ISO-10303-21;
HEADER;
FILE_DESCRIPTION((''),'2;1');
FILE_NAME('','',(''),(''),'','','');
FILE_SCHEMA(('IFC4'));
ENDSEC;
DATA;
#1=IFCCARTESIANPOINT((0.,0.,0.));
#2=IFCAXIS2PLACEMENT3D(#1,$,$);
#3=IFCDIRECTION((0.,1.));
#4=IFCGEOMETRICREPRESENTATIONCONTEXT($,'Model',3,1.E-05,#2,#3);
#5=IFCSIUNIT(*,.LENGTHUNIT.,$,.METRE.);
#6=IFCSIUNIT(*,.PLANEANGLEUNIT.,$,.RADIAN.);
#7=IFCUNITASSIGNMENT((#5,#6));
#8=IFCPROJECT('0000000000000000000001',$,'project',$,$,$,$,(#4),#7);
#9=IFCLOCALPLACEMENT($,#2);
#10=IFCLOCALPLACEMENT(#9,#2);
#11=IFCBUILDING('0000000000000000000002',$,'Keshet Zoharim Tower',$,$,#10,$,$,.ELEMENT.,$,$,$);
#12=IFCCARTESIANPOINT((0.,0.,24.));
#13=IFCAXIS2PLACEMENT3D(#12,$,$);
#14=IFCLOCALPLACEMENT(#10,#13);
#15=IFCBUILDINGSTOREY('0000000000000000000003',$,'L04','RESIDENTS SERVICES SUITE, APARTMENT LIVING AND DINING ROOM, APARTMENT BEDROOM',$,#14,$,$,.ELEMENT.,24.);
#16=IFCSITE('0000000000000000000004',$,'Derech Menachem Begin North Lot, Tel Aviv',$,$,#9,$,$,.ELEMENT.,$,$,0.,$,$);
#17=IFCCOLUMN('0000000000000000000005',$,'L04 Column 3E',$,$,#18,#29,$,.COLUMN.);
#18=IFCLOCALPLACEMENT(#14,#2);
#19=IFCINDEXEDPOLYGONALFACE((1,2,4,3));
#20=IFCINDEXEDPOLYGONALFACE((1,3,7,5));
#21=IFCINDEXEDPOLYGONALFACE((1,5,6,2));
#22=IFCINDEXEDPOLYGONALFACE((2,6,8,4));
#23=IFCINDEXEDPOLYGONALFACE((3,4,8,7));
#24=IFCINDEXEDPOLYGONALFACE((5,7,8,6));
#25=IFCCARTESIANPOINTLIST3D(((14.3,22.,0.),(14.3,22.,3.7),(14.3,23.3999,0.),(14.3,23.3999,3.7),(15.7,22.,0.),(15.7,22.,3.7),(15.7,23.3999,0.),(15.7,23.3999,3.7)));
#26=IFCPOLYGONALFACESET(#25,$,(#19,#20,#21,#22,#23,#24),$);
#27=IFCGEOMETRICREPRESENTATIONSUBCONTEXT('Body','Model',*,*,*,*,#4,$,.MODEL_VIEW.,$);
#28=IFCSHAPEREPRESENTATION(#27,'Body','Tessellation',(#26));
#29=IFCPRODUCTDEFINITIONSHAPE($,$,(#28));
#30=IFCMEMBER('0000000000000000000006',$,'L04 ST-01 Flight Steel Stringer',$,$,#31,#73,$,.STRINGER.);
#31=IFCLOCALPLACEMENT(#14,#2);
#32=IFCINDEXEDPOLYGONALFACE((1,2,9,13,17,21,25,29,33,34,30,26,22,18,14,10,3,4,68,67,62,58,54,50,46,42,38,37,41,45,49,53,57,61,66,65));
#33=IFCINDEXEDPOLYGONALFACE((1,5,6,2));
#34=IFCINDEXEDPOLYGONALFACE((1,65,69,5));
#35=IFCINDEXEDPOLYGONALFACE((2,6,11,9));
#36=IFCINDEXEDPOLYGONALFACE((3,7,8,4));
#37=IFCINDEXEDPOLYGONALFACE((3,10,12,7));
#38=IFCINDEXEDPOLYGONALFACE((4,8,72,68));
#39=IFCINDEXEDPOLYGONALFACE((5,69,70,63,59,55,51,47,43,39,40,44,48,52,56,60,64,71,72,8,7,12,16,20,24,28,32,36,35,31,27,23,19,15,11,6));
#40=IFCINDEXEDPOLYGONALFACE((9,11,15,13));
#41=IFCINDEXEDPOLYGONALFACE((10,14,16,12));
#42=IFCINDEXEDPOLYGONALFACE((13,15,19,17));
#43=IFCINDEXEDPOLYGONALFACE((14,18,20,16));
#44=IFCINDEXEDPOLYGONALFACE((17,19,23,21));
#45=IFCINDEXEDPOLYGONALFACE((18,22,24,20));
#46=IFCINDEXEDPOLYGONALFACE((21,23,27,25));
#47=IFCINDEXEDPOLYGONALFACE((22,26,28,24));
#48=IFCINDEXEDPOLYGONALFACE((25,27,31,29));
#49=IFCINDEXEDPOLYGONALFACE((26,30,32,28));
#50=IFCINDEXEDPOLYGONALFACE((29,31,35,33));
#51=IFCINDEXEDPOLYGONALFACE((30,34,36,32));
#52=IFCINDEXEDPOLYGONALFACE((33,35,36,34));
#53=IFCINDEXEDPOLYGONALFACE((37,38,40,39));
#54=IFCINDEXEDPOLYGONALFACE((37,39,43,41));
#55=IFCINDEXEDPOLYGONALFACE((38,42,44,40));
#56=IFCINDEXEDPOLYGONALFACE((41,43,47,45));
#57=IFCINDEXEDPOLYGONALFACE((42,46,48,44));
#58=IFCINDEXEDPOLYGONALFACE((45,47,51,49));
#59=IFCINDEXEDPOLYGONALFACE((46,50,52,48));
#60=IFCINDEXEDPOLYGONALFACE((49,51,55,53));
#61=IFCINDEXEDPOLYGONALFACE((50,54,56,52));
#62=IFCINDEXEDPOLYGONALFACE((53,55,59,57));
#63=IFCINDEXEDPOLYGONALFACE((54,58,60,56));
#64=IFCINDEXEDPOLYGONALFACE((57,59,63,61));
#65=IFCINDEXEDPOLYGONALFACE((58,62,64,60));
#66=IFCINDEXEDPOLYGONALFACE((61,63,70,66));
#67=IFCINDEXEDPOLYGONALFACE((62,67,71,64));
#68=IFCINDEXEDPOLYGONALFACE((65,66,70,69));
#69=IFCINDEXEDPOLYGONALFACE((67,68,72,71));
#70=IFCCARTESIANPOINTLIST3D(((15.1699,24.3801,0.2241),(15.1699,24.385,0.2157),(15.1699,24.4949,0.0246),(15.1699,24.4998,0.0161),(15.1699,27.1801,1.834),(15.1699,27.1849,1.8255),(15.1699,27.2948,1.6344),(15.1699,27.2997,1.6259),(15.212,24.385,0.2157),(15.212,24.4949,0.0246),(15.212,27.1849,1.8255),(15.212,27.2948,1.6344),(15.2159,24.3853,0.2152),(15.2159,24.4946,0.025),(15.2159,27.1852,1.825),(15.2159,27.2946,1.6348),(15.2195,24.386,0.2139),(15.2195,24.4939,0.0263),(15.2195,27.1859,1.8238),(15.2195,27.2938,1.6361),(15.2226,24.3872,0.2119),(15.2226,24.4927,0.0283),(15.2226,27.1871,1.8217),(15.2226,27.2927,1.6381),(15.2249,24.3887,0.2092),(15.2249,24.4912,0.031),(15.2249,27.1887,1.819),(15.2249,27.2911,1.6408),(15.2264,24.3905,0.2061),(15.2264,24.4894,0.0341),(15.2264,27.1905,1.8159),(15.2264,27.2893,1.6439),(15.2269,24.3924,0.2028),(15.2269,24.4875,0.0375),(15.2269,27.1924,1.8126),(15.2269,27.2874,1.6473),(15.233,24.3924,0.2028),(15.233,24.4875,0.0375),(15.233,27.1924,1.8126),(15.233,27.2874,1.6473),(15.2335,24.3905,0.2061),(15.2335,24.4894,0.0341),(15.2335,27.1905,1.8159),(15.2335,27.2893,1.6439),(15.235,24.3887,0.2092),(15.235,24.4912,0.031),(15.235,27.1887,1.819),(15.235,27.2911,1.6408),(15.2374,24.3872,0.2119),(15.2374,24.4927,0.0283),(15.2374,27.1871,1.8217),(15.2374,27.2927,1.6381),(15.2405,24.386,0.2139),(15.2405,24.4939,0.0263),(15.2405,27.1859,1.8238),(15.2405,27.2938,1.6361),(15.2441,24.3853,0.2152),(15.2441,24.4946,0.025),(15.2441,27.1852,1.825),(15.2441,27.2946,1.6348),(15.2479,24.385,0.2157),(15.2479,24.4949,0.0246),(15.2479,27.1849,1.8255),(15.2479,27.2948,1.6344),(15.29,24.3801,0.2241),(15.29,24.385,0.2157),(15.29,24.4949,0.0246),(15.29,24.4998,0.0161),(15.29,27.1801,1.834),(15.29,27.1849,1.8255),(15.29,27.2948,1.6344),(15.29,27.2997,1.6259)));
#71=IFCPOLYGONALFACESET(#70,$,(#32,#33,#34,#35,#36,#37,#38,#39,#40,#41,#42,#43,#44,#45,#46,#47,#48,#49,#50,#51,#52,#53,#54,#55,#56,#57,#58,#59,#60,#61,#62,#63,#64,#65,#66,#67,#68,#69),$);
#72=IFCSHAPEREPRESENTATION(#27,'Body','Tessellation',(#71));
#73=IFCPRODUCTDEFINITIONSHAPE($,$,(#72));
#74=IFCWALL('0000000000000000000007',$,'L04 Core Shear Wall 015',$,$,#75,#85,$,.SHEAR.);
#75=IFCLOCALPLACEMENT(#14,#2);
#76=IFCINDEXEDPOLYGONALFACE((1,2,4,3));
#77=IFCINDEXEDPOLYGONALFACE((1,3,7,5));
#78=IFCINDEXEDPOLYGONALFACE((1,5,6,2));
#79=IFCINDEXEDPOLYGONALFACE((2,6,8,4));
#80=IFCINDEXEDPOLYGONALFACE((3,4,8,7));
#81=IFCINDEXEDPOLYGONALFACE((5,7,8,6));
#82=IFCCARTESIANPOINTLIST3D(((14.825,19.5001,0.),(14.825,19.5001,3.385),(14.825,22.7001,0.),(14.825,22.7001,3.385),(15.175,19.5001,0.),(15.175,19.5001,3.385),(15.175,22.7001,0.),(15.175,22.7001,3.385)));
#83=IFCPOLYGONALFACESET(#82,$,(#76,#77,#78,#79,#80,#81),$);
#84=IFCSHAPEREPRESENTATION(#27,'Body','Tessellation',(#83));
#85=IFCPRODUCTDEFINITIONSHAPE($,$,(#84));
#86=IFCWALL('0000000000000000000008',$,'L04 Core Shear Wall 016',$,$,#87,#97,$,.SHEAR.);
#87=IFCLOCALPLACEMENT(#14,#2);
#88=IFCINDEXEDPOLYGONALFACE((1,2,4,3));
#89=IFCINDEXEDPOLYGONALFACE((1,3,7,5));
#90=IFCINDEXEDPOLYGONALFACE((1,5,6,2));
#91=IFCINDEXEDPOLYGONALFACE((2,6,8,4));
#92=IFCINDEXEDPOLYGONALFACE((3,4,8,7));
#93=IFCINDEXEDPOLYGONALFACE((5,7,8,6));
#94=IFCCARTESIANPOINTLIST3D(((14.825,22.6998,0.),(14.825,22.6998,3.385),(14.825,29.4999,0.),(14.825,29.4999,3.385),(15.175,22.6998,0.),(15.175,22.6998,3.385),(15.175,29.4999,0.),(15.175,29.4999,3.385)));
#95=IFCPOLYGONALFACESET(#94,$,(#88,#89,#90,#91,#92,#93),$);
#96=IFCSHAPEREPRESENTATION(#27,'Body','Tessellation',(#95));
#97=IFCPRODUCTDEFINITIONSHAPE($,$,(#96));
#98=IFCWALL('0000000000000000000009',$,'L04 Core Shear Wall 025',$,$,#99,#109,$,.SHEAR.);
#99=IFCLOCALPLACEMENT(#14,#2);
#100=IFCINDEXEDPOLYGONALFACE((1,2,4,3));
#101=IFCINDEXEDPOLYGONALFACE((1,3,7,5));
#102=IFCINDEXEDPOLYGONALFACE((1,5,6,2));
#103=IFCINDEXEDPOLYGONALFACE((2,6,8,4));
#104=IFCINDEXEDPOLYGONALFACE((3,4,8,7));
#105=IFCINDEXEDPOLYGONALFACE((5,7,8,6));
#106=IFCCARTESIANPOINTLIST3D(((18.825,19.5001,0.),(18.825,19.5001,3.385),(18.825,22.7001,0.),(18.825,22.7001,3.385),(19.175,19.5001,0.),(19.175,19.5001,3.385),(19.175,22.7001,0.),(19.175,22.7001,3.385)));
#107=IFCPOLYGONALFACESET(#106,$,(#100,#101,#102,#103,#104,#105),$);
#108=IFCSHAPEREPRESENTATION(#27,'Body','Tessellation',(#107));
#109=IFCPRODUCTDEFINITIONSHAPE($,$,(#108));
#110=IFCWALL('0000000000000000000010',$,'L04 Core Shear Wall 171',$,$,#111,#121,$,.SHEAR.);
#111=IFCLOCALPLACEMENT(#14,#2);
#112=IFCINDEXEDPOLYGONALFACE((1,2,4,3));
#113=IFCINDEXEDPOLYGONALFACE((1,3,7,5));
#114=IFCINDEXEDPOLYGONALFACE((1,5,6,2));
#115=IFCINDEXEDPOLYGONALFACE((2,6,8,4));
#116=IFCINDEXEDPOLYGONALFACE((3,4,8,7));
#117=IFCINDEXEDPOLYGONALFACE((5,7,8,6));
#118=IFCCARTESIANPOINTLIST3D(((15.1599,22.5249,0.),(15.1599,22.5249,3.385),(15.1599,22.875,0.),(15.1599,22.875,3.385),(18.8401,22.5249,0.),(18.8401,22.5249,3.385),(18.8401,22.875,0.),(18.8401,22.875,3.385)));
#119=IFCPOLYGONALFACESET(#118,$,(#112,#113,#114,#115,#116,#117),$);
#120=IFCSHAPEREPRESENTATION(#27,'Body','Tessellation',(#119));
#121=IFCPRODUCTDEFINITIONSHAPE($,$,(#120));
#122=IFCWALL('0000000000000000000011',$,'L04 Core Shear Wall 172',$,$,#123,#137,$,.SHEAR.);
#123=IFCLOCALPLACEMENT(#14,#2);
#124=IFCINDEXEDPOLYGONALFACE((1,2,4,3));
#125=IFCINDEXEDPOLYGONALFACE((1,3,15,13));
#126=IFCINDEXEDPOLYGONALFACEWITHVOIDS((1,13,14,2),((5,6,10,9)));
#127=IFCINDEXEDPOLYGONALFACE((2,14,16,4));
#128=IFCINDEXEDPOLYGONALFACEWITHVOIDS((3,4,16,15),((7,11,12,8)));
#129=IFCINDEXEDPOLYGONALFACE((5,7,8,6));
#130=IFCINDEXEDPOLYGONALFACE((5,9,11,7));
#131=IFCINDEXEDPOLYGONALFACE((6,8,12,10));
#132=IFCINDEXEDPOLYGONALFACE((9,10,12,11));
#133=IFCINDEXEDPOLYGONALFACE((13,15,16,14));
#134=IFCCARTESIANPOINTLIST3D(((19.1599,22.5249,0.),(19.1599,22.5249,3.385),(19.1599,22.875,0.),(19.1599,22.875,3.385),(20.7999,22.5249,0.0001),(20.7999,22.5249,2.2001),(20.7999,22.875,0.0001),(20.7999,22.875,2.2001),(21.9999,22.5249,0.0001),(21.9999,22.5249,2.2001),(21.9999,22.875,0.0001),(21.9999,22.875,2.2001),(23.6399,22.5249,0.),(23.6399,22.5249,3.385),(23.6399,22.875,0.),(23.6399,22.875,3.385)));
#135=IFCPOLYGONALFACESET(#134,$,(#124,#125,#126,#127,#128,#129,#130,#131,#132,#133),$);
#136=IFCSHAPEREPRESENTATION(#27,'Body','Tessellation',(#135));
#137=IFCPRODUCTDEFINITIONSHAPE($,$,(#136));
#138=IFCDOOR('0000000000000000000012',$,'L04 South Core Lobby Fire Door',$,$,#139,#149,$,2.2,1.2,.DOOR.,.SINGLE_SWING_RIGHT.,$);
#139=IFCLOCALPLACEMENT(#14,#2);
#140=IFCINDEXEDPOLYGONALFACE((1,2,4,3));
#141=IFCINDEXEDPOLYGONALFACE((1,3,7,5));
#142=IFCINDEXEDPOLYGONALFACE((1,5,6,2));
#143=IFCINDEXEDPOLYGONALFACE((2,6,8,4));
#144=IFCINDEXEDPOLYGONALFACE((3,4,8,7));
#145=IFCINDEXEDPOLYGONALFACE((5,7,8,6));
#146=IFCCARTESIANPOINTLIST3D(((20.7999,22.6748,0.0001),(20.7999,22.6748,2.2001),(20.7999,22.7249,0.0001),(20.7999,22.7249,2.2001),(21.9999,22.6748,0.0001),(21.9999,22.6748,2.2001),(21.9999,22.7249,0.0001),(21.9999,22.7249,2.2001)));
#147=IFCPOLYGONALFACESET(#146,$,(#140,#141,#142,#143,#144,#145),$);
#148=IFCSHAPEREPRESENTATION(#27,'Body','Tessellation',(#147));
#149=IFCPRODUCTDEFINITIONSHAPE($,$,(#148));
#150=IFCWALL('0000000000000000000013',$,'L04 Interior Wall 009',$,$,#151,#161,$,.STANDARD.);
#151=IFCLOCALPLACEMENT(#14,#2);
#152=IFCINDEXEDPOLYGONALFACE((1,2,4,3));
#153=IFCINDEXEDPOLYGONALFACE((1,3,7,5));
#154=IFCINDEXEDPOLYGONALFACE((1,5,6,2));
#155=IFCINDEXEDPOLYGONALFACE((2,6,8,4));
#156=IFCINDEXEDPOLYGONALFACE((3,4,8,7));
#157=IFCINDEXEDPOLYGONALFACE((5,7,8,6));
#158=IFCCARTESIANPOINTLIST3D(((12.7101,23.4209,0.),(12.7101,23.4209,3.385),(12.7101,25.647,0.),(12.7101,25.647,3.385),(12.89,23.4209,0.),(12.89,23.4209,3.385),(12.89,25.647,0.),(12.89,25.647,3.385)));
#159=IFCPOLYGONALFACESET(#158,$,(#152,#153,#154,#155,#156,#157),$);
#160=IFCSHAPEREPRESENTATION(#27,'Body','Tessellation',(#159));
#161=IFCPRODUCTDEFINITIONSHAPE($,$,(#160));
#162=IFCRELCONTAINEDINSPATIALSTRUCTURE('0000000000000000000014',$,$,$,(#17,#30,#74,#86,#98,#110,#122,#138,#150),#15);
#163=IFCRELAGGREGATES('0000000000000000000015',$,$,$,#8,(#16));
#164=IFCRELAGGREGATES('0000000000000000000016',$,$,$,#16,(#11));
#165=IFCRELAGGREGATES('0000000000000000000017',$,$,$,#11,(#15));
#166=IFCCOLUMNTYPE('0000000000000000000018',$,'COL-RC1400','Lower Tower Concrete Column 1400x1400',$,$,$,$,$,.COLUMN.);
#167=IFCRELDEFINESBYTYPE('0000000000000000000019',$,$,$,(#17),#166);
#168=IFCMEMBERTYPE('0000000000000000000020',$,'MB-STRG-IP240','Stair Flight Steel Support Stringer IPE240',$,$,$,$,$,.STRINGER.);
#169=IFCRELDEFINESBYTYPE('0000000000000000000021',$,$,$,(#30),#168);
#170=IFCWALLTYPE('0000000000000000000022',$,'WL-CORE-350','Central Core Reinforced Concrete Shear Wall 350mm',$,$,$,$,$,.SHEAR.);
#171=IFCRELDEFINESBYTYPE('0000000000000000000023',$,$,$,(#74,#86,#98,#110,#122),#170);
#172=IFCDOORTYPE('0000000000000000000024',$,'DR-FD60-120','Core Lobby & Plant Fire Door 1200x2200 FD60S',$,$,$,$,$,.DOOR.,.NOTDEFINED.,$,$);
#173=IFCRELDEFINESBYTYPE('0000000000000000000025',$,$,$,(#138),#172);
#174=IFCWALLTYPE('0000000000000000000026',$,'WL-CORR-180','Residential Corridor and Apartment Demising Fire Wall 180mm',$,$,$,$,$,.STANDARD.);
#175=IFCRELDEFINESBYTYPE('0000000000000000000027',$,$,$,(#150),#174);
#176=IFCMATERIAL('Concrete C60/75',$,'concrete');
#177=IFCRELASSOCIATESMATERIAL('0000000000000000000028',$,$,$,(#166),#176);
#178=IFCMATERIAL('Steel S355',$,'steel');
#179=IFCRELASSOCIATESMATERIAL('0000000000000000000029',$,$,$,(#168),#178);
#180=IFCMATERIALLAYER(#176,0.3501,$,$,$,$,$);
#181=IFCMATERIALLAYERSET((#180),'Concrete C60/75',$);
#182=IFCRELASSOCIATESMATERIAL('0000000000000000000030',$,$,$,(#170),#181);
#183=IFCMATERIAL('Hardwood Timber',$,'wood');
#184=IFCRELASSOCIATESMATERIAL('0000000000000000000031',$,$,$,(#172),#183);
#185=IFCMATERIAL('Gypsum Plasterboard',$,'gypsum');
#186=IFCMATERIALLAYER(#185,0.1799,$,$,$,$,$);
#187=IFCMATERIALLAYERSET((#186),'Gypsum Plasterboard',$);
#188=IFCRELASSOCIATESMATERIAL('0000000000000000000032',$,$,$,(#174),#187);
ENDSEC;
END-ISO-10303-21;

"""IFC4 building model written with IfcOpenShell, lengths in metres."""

from ifc_helpers import new_model, si_unit, direction, frame, frame_2d, origin, origin_2d, place, context, subcontext, project, spatial, rectangle, i_section, extrude, material, layer, layer_set, material_profile, profile_set, type_object, element, fill, save


model = new_model("IFC4")

# Units and contexts
model_context = context("Model", 3, precision=1e-05, world=origin(), true_north=direction((0.0, 1.0)))
body_context = subcontext(model_context, "Body", "Model", "MODEL_VIEW")
ifc_project = project(units=[si_unit("LENGTHUNIT", "METRE"), si_unit("PLANEANGLEUNIT", "RADIAN")], contexts=[model_context])

# Site, building, storey
site_placement = place(None, origin())
site = spatial("IfcSite", under=ifc_project, at=site_placement, Name="Derech Menachem Begin North Lot, Tel Aviv", CompositionType="ELEMENT", RefElevation=0.0)
building_placement = place(site_placement, origin())
building = spatial("IfcBuilding", under=site, at=building_placement, Name="Keshet Zoharim Tower", CompositionType="ELEMENT")
storey_placement = place(building_placement, frame((0.0, 0.0, 24.0)))
storey = spatial("IfcBuildingStorey", under=building, at=storey_placement, Name="L04", Description="RESIDENTS SERVICES SUITE, APARTMENT LIVING AND DINING ROOM, APARTMENT BEDROOM", CompositionType="ELEMENT", Elevation=24.0)

# Column
ifc_material_1 = material(Name="Concrete C60/75", Category="concrete")
ifc_material_profile_1 = material_profile(ifc_material_1, rectangle(XDim=1.3999, YDim=1.3999, at=origin_2d()), Name="RC1400x1400")
ifc_profile_set_1 = profile_set([ifc_material_profile_1], Name="Concrete C60/75")
column_type = type_object("IfcColumnType", Name="COL-RC1400", Description="Lower Tower Concrete Column 1400x1400", PredefinedType="COLUMN", material=ifc_profile_set_1)
column_placement = place(storey_placement, frame((15.0, 22.7, 0.0), z_axis=(0.0, 0.0, 1.0), x_axis=(1.0, 0.0, 0.0)))
element("IfcColumn", 1, at=column_placement, inside=storey, type_object=column_type, Name="L04 Column 3E", PredefinedType="COLUMN", context=body_context, shape_type="SweptSolid", body=[
    extrude(rectangle(XDim=1.3999, YDim=1.3999, at=origin_2d()), origin(), (0.0, 0.0, 1.0), 3.7),
])

# Member
ifc_material_2 = material(Name="Steel S355", Category="steel")
ifc_material_profile_2 = material_profile(ifc_material_2, i_section(OverallWidth=0.1201, OverallDepth=0.24, WebThickness=0.0061, FlangeThickness=0.0098, FilletRadius=0.0149, at=origin_2d()), Name="IPE240")
ifc_profile_set_2 = profile_set([ifc_material_profile_2], Name="Steel S355")
member_type = type_object("IfcMemberType", Name="MB-STRG-IP240", Description="Stair Flight Steel Support Stringer IPE240", PredefinedType="STRINGER", material=ifc_profile_set_2)
member_placement = place(storey_placement, frame((15.23, 24.4399, 0.1201), z_axis=(0.0, 0.866928, 0.498433), x_axis=(-1.0, 0.0, 0.0)))
element("IfcMember", 2, at=member_placement, inside=storey, type_object=member_type, Name="L04 ST-01 Flight Steel Stringer", PredefinedType="STRINGER", context=body_context, shape_type="SweptSolid", body=[
    extrude(i_section(OverallWidth=0.1201, OverallDepth=0.24, WebThickness=0.0061, FlangeThickness=0.0098, FilletRadius=0.0149, at=origin_2d()), origin(), (0.0, 0.0, 1.0), 3.2297),
])

# Walls
ifc_layer_1 = layer(ifc_material_1, 0.3501)
ifc_layer_set_1 = layer_set([ifc_layer_1], Name="Concrete C60/75")
wall_type_1 = type_object("IfcWallType", Name="WL-CORE-350", Description="Central Core Reinforced Concrete Shear Wall 350mm", PredefinedType="SHEAR", material=ifc_layer_set_1)
wall_1_placement = place(storey_placement, frame((15.0, 19.5, 0.0), z_axis=(0.0, 0.0, 1.0), x_axis=(0.0, 1.0, 0.0)))
element("IfcWall", 3, at=wall_1_placement, inside=storey, type_object=wall_type_1, Name="L04 Core Shear Wall 015", PredefinedType="SHEAR", context=body_context, shape_type="SweptSolid", body=[
    extrude(rectangle(XDim=3.2, YDim=0.3501, at=frame_2d((1.6001, 0.0))), origin(), (0.0, 0.0, 1.0), 3.385),
])
wall_2_placement = place(storey_placement, frame((15.0, 22.7, 0.0), z_axis=(0.0, 0.0, 1.0), x_axis=(0.0, 1.0, 0.0)))
element("IfcWall", 4, at=wall_2_placement, inside=storey, type_object=wall_type_1, Name="L04 Core Shear Wall 016", PredefinedType="SHEAR", context=body_context, shape_type="SweptSolid", body=[
    extrude(rectangle(XDim=6.8, YDim=0.3501, at=frame_2d((3.3999, 0.0))), origin(), (0.0, 0.0, 1.0), 3.385),
])
wall_3_placement = place(storey_placement, frame((19.0, 19.5, 0.0), z_axis=(0.0, 0.0, 1.0), x_axis=(0.0, 1.0, 0.0)))
element("IfcWall", 5, at=wall_3_placement, inside=storey, type_object=wall_type_1, Name="L04 Core Shear Wall 025", PredefinedType="SHEAR", context=body_context, shape_type="SweptSolid", body=[
    extrude(rectangle(XDim=3.2, YDim=0.3501, at=frame_2d((1.6001, 0.0))), origin(), (0.0, 0.0, 1.0), 3.385),
])

# Shared definitions
ifc_material_3 = material(Name="Hardwood Timber", Category="wood")

# Wall
wall_4_placement = place(storey_placement, frame((15.1599, 22.7, 0.0), z_axis=(0.0, 0.0, 1.0), x_axis=(1.0, 0.0, 0.0)))
element("IfcWall", 6, at=wall_4_placement, inside=storey, type_object=wall_type_1, Name="L04 Core Shear Wall 171", PredefinedType="SHEAR", context=body_context, shape_type="SweptSolid", body=[
    extrude(rectangle(XDim=3.6802, YDim=0.3501, at=frame_2d((1.8401, 0.0))), origin(), (0.0, 0.0, 1.0), 3.385),
])

# Wall, opening, door
wall_5_placement = place(storey_placement, frame((19.1599, 22.7, 0.0), z_axis=(0.0, 0.0, 1.0), x_axis=(1.0, 0.0, 0.0)))
wall_5 = element("IfcWall", 7, at=wall_5_placement, inside=storey, type_object=wall_type_1, Name="L04 Core Shear Wall 172", PredefinedType="SHEAR", context=body_context, shape_type="SweptSolid", body=[
    extrude(rectangle(XDim=4.48, YDim=0.3501, at=frame_2d((2.24, 0.0))), origin(), (0.0, 0.0, 1.0), 3.385),
])
opening_1_placement = place(wall_5_placement, frame((1.6399, 0.0, 0.0)))
opening_1 = element("IfcOpeningElement", 8, at=opening_1_placement, cuts=wall_5, PredefinedType="OPENING", context=body_context, shape_type="SweptSolid", body=[
    extrude(rectangle(XDim=1.2, YDim=2.2, at=frame_2d((0.6001, 1.1001))), frame((0.0, 0.1851, 0.0), z_axis=(0.0, -1.0, 0.0), x_axis=(1.0, 0.0, 0.0)), (0.0, 0.0, 1.0), 0.3701),
])
door_type_1 = type_object("IfcDoorType", Name="DR-FD60-120", Description="Core Lobby & Plant Fire Door 1200x2200 FD60S", OperationType="NOTDEFINED", PredefinedType="DOOR", material=ifc_material_3)
door_1_placement = place(opening_1_placement, origin())
door_1 = element("IfcDoor", 9, at=door_1_placement, inside=storey, type_object=door_type_1, Name="L04 South Core Lobby Fire Door", OperationType="SINGLE_SWING_RIGHT", OverallHeight=2.2, OverallWidth=1.2, PredefinedType="DOOR", context=body_context, shape_type="SweptSolid", body=[
    extrude(rectangle(XDim=1.2, YDim=2.2, at=frame_2d((0.6001, 1.1001))), frame((0.0, 0.0249, 0.0), z_axis=(0.0, -1.0, 0.0), x_axis=(1.0, 0.0, 0.0)), (0.0, 0.0, 1.0), 0.05),
])
fill(opening_1, door_1)

# Wall
ifc_material_4 = material(Name="Gypsum Plasterboard", Category="gypsum")
ifc_layer_2 = layer(ifc_material_4, 0.1799)
ifc_layer_set_2 = layer_set([ifc_layer_2], Name="Gypsum Plasterboard")
wall_type_2 = type_object("IfcWallType", Name="WL-CORR-180", Description="Residential Corridor and Apartment Demising Fire Wall 180mm", PredefinedType="STANDARD", material=ifc_layer_set_2)
wall_6_placement = place(storey_placement, frame((12.8, 23.4209, 0.0), z_axis=(0.0, 0.0, 1.0), x_axis=(0.0, 1.0, 0.0)))
element("IfcWall", 10, at=wall_6_placement, inside=storey, type_object=wall_type_2, Name="L04 Interior Wall 009", PredefinedType="STANDARD", context=body_context, shape_type="SweptSolid", body=[
    extrude(rectangle(XDim=2.2261, YDim=0.1799, at=frame_2d((1.113, 0.0))), origin(), (0.0, 0.0, 1.0), 3.385),
])

save(model, "model.ifc")
